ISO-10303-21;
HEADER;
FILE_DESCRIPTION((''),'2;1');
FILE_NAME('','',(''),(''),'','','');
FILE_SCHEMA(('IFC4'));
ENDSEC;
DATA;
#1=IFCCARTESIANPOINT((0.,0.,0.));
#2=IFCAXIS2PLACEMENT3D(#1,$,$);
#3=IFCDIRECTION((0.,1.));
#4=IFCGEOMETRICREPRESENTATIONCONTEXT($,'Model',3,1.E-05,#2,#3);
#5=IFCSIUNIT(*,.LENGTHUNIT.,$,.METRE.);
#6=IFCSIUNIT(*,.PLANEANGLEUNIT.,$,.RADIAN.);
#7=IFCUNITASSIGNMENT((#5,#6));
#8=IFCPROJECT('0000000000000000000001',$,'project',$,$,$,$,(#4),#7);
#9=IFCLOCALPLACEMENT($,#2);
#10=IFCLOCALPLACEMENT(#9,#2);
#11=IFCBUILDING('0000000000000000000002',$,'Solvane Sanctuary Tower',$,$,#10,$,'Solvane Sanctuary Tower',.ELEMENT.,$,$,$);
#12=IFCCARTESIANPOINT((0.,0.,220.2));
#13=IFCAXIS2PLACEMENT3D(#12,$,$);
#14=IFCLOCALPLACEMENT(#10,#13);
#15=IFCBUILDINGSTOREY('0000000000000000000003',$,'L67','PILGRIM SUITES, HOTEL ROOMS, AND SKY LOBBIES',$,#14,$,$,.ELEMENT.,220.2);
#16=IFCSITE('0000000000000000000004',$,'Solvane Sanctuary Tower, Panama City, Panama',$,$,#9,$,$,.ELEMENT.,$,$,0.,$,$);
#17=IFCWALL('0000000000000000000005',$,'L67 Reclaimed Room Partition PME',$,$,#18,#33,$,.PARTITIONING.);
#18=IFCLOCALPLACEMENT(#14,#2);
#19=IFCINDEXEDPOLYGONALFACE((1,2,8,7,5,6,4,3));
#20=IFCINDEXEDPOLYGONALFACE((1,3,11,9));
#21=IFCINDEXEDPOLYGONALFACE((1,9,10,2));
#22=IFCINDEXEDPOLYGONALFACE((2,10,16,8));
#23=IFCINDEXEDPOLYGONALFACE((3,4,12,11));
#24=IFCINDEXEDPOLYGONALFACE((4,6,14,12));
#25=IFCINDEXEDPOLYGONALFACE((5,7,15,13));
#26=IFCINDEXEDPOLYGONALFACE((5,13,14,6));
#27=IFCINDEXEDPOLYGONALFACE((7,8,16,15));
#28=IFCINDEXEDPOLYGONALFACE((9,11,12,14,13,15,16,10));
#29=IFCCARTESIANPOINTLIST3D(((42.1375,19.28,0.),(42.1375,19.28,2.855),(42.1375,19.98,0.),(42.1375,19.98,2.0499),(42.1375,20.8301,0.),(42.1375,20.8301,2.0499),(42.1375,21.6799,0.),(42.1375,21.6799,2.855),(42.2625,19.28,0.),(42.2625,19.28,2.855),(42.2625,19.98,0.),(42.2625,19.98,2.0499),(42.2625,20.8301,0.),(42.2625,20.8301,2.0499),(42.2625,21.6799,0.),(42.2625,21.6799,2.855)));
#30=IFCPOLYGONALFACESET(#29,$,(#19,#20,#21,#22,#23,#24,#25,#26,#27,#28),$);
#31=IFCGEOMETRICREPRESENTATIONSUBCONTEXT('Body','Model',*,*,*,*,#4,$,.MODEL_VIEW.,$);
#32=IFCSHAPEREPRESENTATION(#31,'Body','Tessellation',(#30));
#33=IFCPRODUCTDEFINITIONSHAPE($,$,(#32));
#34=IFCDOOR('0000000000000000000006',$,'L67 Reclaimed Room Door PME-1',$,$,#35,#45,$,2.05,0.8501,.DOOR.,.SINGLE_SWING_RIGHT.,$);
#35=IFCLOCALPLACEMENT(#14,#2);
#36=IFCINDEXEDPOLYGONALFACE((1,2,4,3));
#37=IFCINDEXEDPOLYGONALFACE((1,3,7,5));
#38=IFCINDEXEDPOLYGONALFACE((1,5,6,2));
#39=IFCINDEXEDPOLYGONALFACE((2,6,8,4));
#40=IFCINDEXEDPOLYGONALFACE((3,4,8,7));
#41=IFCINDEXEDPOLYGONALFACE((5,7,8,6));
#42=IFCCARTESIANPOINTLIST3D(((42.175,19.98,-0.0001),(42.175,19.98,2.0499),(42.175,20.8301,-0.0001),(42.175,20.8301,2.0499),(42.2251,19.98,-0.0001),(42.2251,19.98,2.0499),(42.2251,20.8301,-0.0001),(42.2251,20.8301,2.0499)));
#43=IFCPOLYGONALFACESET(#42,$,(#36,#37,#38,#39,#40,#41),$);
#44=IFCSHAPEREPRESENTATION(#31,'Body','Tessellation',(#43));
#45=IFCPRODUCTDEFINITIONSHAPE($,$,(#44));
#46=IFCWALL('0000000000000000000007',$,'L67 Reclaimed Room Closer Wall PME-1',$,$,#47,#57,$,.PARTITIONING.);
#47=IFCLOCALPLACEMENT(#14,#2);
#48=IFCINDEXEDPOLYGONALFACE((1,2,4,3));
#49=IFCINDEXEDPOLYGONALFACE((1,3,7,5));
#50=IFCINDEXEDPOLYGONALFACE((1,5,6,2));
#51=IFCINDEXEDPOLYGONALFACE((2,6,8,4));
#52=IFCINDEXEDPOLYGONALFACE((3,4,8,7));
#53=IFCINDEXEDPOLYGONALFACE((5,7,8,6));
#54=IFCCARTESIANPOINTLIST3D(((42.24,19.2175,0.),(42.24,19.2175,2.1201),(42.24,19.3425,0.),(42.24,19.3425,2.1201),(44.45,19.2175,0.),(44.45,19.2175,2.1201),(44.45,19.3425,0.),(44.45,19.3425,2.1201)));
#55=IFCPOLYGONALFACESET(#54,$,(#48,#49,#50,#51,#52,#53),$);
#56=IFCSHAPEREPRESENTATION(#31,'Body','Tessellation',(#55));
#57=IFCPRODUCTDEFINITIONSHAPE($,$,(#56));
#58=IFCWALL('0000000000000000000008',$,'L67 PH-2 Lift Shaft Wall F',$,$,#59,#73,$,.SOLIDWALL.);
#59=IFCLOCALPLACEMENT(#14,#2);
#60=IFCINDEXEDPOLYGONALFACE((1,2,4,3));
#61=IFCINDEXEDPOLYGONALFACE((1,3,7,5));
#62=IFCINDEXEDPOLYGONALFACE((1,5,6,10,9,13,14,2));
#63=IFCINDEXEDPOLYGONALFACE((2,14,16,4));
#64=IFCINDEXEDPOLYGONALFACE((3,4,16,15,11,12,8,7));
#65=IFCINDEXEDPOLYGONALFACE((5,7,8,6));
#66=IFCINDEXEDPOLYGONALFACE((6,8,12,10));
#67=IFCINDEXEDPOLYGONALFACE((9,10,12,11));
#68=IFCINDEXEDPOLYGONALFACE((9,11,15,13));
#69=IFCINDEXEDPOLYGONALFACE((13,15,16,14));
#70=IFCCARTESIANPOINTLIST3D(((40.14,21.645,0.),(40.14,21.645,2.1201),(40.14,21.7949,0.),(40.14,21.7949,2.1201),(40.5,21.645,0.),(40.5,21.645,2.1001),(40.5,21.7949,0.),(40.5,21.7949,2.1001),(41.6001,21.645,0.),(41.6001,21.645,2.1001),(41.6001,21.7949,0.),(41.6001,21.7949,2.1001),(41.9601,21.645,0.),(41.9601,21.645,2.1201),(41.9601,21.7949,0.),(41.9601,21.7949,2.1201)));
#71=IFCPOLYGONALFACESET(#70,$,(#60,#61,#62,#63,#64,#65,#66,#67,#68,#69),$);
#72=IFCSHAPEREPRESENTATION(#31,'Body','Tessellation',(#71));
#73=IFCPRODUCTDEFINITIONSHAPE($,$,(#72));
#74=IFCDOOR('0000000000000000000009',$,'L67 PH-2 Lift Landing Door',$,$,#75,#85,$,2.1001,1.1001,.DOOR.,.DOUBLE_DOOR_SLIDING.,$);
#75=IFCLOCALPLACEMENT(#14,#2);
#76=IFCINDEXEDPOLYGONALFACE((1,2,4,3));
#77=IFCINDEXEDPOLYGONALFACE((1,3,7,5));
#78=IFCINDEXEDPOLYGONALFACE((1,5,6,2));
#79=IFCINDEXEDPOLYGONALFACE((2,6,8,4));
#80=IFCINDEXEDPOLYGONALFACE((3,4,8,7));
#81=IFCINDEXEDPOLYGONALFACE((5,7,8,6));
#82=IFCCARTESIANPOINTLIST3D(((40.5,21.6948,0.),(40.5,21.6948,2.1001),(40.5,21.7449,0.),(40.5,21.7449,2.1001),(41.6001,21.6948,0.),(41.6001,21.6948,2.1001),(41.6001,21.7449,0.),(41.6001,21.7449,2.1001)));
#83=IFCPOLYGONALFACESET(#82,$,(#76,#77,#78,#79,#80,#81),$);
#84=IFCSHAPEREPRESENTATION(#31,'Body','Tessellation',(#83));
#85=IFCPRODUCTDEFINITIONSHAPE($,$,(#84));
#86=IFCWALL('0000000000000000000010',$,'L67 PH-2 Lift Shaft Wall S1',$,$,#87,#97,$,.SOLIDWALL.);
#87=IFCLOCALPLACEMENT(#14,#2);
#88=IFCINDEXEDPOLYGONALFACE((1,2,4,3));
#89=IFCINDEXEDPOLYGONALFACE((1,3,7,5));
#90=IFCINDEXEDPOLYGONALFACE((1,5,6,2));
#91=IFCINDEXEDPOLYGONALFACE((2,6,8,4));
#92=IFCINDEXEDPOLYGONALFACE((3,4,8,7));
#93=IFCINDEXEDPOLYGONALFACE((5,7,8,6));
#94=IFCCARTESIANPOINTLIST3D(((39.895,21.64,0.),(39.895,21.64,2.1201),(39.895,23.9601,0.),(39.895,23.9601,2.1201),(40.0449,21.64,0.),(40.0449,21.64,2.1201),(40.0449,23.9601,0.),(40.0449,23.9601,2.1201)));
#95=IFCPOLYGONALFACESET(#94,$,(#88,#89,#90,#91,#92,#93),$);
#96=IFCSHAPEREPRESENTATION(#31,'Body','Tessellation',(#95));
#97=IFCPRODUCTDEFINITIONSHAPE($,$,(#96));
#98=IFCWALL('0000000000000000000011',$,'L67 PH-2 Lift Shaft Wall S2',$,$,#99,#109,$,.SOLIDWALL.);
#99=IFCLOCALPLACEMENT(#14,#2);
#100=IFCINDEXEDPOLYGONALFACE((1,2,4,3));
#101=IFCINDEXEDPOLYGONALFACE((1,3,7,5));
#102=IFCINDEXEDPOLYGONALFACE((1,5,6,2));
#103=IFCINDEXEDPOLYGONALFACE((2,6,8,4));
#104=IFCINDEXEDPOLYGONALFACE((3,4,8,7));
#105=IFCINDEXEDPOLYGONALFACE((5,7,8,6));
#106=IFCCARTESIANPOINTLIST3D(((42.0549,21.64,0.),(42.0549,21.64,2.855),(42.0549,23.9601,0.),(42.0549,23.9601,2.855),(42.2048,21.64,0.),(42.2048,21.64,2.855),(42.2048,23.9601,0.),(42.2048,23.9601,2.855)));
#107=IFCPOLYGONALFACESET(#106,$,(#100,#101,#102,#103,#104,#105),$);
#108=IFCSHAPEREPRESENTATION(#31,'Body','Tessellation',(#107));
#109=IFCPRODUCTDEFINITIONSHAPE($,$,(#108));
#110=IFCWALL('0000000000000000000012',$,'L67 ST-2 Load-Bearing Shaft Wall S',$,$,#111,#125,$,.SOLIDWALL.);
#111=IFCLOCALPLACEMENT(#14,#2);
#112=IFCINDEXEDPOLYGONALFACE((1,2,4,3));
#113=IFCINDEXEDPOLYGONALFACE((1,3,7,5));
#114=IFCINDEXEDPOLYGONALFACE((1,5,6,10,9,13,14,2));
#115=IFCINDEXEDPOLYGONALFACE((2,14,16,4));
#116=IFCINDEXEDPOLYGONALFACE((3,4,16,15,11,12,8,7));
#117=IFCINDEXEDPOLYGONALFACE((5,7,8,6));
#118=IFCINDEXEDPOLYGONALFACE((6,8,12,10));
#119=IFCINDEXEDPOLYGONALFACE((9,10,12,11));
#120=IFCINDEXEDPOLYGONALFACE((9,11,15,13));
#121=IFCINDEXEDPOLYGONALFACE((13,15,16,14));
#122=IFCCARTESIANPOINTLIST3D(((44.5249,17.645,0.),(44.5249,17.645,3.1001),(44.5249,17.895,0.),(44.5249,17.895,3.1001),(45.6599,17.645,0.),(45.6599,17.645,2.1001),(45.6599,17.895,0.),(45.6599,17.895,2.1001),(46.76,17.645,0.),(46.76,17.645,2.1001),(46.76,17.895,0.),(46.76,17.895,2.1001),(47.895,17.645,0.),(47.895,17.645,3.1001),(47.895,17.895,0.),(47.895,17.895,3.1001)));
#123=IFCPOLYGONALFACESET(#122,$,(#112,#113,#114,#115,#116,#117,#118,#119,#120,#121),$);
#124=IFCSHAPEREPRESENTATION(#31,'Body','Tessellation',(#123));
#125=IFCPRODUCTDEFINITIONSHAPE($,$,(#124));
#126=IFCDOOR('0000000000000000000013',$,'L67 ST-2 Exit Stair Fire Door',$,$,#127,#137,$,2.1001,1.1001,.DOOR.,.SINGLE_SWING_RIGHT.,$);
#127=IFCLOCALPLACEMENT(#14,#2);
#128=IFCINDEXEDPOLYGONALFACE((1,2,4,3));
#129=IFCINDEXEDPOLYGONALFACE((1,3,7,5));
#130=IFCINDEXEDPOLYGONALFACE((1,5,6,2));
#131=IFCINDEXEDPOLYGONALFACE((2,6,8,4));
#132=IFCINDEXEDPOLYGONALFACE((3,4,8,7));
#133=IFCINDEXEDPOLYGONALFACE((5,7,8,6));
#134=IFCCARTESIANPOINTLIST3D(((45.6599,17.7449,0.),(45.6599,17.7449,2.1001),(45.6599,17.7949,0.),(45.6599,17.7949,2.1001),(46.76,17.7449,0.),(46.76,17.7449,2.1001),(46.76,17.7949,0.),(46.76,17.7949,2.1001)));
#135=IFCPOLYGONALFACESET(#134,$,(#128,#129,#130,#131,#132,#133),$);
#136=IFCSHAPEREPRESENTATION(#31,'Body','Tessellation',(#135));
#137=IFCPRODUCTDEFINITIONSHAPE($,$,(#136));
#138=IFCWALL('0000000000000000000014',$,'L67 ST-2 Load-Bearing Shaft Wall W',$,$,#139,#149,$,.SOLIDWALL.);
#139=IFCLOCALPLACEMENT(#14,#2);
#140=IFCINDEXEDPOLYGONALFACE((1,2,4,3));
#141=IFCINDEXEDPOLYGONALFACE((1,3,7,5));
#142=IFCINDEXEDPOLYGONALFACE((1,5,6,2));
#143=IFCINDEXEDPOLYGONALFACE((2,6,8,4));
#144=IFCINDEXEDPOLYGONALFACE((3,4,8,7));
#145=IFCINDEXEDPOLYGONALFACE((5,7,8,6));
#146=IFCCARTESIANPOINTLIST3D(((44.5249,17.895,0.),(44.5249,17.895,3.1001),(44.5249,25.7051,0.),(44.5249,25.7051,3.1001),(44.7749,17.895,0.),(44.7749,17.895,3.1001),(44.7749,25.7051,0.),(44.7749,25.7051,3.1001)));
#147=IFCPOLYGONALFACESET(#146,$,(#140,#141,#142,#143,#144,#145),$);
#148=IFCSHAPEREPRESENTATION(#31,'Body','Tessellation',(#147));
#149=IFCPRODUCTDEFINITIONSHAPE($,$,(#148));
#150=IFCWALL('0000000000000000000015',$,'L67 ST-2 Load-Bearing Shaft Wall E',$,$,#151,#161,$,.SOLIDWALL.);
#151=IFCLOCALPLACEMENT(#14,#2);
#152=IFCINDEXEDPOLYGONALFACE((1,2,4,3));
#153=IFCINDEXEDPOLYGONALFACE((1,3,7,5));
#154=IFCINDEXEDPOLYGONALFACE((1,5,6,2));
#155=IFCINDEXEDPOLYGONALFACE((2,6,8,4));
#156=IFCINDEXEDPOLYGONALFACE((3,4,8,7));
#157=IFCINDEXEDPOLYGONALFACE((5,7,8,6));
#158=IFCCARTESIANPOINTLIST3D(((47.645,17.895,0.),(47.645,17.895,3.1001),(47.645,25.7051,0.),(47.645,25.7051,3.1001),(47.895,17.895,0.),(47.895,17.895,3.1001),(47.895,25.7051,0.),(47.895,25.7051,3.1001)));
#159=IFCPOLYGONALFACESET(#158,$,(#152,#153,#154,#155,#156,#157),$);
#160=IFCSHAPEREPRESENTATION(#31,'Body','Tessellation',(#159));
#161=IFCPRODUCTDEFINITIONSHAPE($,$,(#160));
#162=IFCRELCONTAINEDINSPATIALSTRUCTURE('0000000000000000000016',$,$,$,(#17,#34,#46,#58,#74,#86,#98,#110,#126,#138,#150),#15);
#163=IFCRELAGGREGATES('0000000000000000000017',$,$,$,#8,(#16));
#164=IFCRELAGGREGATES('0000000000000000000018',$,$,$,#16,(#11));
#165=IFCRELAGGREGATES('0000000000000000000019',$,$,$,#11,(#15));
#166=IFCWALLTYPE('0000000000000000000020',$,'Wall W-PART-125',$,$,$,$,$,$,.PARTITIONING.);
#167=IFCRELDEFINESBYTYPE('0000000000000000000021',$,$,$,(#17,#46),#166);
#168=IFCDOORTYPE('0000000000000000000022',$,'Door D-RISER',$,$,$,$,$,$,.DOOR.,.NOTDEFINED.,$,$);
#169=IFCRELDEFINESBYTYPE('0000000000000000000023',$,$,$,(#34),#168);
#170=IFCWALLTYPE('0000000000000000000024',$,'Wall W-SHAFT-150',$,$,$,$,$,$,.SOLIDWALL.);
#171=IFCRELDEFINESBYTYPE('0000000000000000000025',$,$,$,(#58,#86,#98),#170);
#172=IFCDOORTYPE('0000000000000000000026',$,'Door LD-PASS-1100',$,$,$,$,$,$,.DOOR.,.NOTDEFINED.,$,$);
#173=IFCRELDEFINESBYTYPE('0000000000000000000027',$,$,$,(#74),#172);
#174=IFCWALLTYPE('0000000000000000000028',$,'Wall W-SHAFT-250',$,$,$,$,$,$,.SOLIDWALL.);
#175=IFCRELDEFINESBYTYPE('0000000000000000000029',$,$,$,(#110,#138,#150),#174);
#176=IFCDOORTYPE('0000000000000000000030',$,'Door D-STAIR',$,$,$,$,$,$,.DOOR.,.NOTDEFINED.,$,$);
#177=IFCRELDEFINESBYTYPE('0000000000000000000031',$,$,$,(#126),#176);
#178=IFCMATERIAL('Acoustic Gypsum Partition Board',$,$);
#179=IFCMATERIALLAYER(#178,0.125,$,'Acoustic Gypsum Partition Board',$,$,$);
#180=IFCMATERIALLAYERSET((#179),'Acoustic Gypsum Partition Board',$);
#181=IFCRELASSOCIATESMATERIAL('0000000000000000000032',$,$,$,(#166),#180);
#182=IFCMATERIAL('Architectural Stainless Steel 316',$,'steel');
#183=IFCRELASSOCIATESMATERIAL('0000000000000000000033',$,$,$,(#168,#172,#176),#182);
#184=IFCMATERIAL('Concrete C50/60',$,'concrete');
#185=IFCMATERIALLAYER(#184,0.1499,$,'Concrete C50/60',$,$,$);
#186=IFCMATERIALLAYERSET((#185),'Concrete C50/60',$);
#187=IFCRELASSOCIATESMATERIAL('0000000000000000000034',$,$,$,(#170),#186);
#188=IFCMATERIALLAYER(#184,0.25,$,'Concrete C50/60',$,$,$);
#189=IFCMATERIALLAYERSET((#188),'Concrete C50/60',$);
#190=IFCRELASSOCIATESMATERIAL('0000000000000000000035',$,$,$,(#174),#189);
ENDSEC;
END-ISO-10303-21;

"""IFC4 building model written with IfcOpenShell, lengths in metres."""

from ifc_helpers import new_model, si_unit, direction, frame, frame_2d, origin, place, context, subcontext, project, spatial, rectangle, extrude, material, layer, layer_set, type_object, element, fill, save


model = new_model("IFC4")

# Units and contexts
model_context = context("Model", 3, precision=1e-05, world=origin(), true_north=direction((0.0, 1.0)))
body_context = subcontext(model_context, "Body", "Model", "MODEL_VIEW")
ifc_project = project(units=[si_unit("LENGTHUNIT", "METRE"), si_unit("PLANEANGLEUNIT", "RADIAN")], contexts=[model_context])

# Site, building, storey
site_placement = place(None, origin())
site = spatial("IfcSite", under=ifc_project, at=site_placement, Name="Solvane Sanctuary Tower, Panama City, Panama", CompositionType="ELEMENT", RefElevation=0.0)
building_placement = place(site_placement, origin())
building = spatial("IfcBuilding", under=site, at=building_placement, Name="Solvane Sanctuary Tower", LongName="Solvane Sanctuary Tower", CompositionType="ELEMENT")
storey_placement = place(building_placement, frame((0.0, 0.0, 220.2)))
storey = spatial("IfcBuildingStorey", under=building, at=storey_placement, Name="L67", Description="PILGRIM SUITES, HOTEL ROOMS, AND SKY LOBBIES", CompositionType="ELEMENT", Elevation=220.2)

# Shared definitions
ifc_material_1 = material(Name="Acoustic Gypsum Partition Board")

# Shared definitions
ifc_layer_1 = layer(ifc_material_1, 0.125, Name="Acoustic Gypsum Partition Board")
ifc_layer_set_1 = layer_set([ifc_layer_1], Name="Acoustic Gypsum Partition Board")
wall_type_1 = type_object("IfcWallType", Name="Wall W-PART-125", PredefinedType="PARTITIONING", material=ifc_layer_set_1)
ifc_material_2 = material(Name="Architectural Stainless Steel 316", Category="steel")
door_type_1 = type_object("IfcDoorType", Name="Door D-RISER", OperationType="NOTDEFINED", PredefinedType="DOOR", material=ifc_material_2)

# Wall, opening, door
wall_1_placement = place(storey_placement, frame((42.2, 19.28, 0.0), z_axis=(0.0, 0.0, 1.0), x_axis=(0.0, 1.0, 0.0)))
wall_1 = element("IfcWall", 1, at=wall_1_placement, inside=storey, type_object=wall_type_1, Name="L67 Reclaimed Room Partition PME", PredefinedType="PARTITIONING", context=body_context, shape_type="SweptSolid", body=[
    extrude(rectangle(XDim=2.3999, YDim=0.125, at=frame_2d((1.2, 0.0))), origin(), (0.0, 0.0, 1.0), 2.855),
])
opening_1_placement = place(wall_1_placement, frame((0.7, 0.0, 0.0)))
opening_1 = element("IfcOpeningElement", 2, at=opening_1_placement, cuts=wall_1, PredefinedType="OPENING", context=body_context, shape_type="SweptSolid", body=[
    extrude(rectangle(XDim=0.8501, YDim=2.05, at=frame_2d((0.425, 1.0249))), frame((0.0, 0.0725, 0.0), z_axis=(0.0, -1.0, 0.0), x_axis=(1.0, 0.0, 0.0)), (0.0, 0.0, 1.0), 0.145),
])
door_1_placement = place(opening_1_placement, origin())
door_1 = element("IfcDoor", 3, at=door_1_placement, inside=storey, type_object=door_type_1, Name="L67 Reclaimed Room Door PME-1", OperationType="SINGLE_SWING_RIGHT", OverallHeight=2.05, OverallWidth=0.8501, PredefinedType="DOOR", context=body_context, shape_type="SweptSolid", body=[
    extrude(rectangle(XDim=0.8501, YDim=2.05, at=frame_2d((0.425, 1.0249))), frame((0.0, 0.0249, 0.0), z_axis=(0.0, -1.0, 0.0), x_axis=(1.0, 0.0, 0.0)), (0.0, 0.0, 1.0), 0.05),
])
fill(opening_1, door_1)

# Wall
wall_2_placement = place(storey_placement, frame((42.24, 19.28, 0.0), z_axis=(0.0, 0.0, 1.0), x_axis=(1.0, 0.0, 0.0)))
element("IfcWall", 4, at=wall_2_placement, inside=storey, type_object=wall_type_1, Name="L67 Reclaimed Room Closer Wall PME-1", PredefinedType="PARTITIONING", context=body_context, shape_type="SweptSolid", body=[
    extrude(rectangle(XDim=2.21, YDim=0.125, at=frame_2d((1.105, 0.0))), origin(), (0.0, 0.0, 1.0), 2.1201),
])

# Wall, opening, door
ifc_material_3 = material(Name="Concrete C50/60", Category="concrete")
ifc_layer_2 = layer(ifc_material_3, 0.1499, Name="Concrete C50/60")
ifc_layer_set_2 = layer_set([ifc_layer_2], Name="Concrete C50/60")
wall_type_2 = type_object("IfcWallType", Name="Wall W-SHAFT-150", PredefinedType="SOLIDWALL", material=ifc_layer_set_2)
wall_3_placement = place(storey_placement, frame((40.1399, 21.72, 0.0), z_axis=(0.0, 0.0, 1.0), x_axis=(1.0, 0.0, 0.0)))
wall_3 = element("IfcWall", 5, at=wall_3_placement, inside=storey, type_object=wall_type_2, Name="L67 PH-2 Lift Shaft Wall F", PredefinedType="SOLIDWALL", context=body_context, shape_type="SweptSolid", body=[
    extrude(rectangle(XDim=1.8201, YDim=0.1499, at=frame_2d((0.9102, 0.0))), origin(), (0.0, 0.0, 1.0), 2.1201),
])
opening_2_placement = place(wall_3_placement, frame((0.3601, 0.0, 0.0)))
opening_2 = element("IfcOpeningElement", 6, at=opening_2_placement, cuts=wall_3, PredefinedType="OPENING", context=body_context, shape_type="SweptSolid", body=[
    extrude(rectangle(XDim=1.1001, YDim=2.1001, at=frame_2d((0.55, 1.05))), frame((0.0, 0.085, 0.0), z_axis=(0.0, -1.0, 0.0), x_axis=(1.0, 0.0, 0.0)), (0.0, 0.0, 1.0), 0.1699),
])
door_type_2 = type_object("IfcDoorType", Name="Door LD-PASS-1100", OperationType="NOTDEFINED", PredefinedType="DOOR", material=ifc_material_2)
door_2_placement = place(opening_2_placement, origin())
door_2 = element("IfcDoor", 7, at=door_2_placement, inside=storey, type_object=door_type_2, Name="L67 PH-2 Lift Landing Door", OperationType="DOUBLE_DOOR_SLIDING", OverallHeight=2.1001, OverallWidth=1.1001, PredefinedType="DOOR", context=body_context, shape_type="SweptSolid", body=[
    extrude(rectangle(XDim=1.1001, YDim=2.1001, at=frame_2d((0.55, 1.05))), frame((0.0, 0.0249, 0.0), z_axis=(0.0, -1.0, 0.0), x_axis=(1.0, 0.0, 0.0)), (0.0, 0.0, 1.0), 0.05),
])
fill(opening_2, door_2)

# Walls
wall_4_placement = place(storey_placement, frame((39.97, 21.6399, 0.0), z_axis=(0.0, 0.0, 1.0), x_axis=(0.0, 1.0, 0.0)))
element("IfcWall", 8, at=wall_4_placement, inside=storey, type_object=wall_type_2, Name="L67 PH-2 Lift Shaft Wall S1", PredefinedType="SOLIDWALL", context=body_context, shape_type="SweptSolid", body=[
    extrude(rectangle(XDim=2.3201, YDim=0.1499, at=frame_2d((1.1602, 0.0))), origin(), (0.0, 0.0, 1.0), 2.1201),
])
wall_5_placement = place(storey_placement, frame((42.1299, 21.6399, 0.0), z_axis=(0.0, 0.0, 1.0), x_axis=(0.0, 1.0, 0.0)))
element("IfcWall", 9, at=wall_5_placement, inside=storey, type_object=wall_type_2, Name="L67 PH-2 Lift Shaft Wall S2", PredefinedType="SOLIDWALL", context=body_context, shape_type="SweptSolid", body=[
    extrude(rectangle(XDim=2.3201, YDim=0.1499, at=frame_2d((1.1602, 0.0))), origin(), (0.0, 0.0, 1.0), 2.855),
])

# Wall, opening, door
ifc_layer_3 = layer(ifc_material_3, 0.25, Name="Concrete C50/60")
ifc_layer_set_3 = layer_set([ifc_layer_3], Name="Concrete C50/60")
wall_type_3 = type_object("IfcWallType", Name="Wall W-SHAFT-250", PredefinedType="SOLIDWALL", material=ifc_layer_set_3)
wall_6_placement = place(storey_placement, frame((44.5249, 17.77, 0.0), z_axis=(0.0, 0.0, 1.0), x_axis=(1.0, 0.0, 0.0)))
wall_6 = element("IfcWall", 10, at=wall_6_placement, inside=storey, type_object=wall_type_3, Name="L67 ST-2 Load-Bearing Shaft Wall S", PredefinedType="SOLIDWALL", context=body_context, shape_type="SweptSolid", body=[
    extrude(rectangle(XDim=3.3701, YDim=0.25, at=frame_2d((1.6851, 0.0))), origin(), (0.0, 0.0, 1.0), 3.1001),
])
opening_3_placement = place(wall_6_placement, frame((1.135, 0.0, 0.0)))
opening_3 = element("IfcOpeningElement", 11, at=opening_3_placement, cuts=wall_6, PredefinedType="OPENING", context=body_context, shape_type="SweptSolid", body=[
    extrude(rectangle(XDim=1.1001, YDim=2.1001, at=frame_2d((0.55, 1.05))), frame((0.0, 0.135, 0.0), z_axis=(0.0, -1.0, 0.0), x_axis=(1.0, 0.0, 0.0)), (0.0, 0.0, 1.0), 0.27),
])
door_type_3 = type_object("IfcDoorType", Name="Door D-STAIR", OperationType="NOTDEFINED", PredefinedType="DOOR", material=ifc_material_2)
door_3_placement = place(opening_3_placement, origin())
door_3 = element("IfcDoor", 12, at=door_3_placement, inside=storey, type_object=door_type_3, Name="L67 ST-2 Exit Stair Fire Door", OperationType="SINGLE_SWING_RIGHT", OverallHeight=2.1001, OverallWidth=1.1001, PredefinedType="DOOR", context=body_context, shape_type="SweptSolid", body=[
    extrude(rectangle(XDim=1.1001, YDim=2.1001, at=frame_2d((0.55, 1.05))), frame((0.0, 0.0249, 0.0), z_axis=(0.0, -1.0, 0.0), x_axis=(1.0, 0.0, 0.0)), (0.0, 0.0, 1.0), 0.05),
])
fill(opening_3, door_3)

# Walls
for number, where, z_axis, x_axis, name in (
    (13, (44.6499, 17.895, 0.0), (0.0, 0.0, 1.0), (0.0, 1.0, 0.0), "L67 ST-2 Load-Bearing Shaft Wall W"),
    (14, (47.77, 17.895, 0.0), (0.0, 0.0, 1.0), (0.0, 1.0, 0.0), "L67 ST-2 Load-Bearing Shaft Wall E"),
):
    element("IfcWall", number, at=place(storey_placement, frame(where, z_axis=z_axis, x_axis=x_axis)), inside=storey, type_object=wall_type_3, Name=name, PredefinedType="SOLIDWALL", context=body_context, shape_type="SweptSolid", body=[
        extrude(rectangle(XDim=7.8101, YDim=0.25, at=frame_2d((3.905, 0.0))), origin(), (0.0, 0.0, 1.0), 3.1001),
    ])

save(model, "model.ifc")
